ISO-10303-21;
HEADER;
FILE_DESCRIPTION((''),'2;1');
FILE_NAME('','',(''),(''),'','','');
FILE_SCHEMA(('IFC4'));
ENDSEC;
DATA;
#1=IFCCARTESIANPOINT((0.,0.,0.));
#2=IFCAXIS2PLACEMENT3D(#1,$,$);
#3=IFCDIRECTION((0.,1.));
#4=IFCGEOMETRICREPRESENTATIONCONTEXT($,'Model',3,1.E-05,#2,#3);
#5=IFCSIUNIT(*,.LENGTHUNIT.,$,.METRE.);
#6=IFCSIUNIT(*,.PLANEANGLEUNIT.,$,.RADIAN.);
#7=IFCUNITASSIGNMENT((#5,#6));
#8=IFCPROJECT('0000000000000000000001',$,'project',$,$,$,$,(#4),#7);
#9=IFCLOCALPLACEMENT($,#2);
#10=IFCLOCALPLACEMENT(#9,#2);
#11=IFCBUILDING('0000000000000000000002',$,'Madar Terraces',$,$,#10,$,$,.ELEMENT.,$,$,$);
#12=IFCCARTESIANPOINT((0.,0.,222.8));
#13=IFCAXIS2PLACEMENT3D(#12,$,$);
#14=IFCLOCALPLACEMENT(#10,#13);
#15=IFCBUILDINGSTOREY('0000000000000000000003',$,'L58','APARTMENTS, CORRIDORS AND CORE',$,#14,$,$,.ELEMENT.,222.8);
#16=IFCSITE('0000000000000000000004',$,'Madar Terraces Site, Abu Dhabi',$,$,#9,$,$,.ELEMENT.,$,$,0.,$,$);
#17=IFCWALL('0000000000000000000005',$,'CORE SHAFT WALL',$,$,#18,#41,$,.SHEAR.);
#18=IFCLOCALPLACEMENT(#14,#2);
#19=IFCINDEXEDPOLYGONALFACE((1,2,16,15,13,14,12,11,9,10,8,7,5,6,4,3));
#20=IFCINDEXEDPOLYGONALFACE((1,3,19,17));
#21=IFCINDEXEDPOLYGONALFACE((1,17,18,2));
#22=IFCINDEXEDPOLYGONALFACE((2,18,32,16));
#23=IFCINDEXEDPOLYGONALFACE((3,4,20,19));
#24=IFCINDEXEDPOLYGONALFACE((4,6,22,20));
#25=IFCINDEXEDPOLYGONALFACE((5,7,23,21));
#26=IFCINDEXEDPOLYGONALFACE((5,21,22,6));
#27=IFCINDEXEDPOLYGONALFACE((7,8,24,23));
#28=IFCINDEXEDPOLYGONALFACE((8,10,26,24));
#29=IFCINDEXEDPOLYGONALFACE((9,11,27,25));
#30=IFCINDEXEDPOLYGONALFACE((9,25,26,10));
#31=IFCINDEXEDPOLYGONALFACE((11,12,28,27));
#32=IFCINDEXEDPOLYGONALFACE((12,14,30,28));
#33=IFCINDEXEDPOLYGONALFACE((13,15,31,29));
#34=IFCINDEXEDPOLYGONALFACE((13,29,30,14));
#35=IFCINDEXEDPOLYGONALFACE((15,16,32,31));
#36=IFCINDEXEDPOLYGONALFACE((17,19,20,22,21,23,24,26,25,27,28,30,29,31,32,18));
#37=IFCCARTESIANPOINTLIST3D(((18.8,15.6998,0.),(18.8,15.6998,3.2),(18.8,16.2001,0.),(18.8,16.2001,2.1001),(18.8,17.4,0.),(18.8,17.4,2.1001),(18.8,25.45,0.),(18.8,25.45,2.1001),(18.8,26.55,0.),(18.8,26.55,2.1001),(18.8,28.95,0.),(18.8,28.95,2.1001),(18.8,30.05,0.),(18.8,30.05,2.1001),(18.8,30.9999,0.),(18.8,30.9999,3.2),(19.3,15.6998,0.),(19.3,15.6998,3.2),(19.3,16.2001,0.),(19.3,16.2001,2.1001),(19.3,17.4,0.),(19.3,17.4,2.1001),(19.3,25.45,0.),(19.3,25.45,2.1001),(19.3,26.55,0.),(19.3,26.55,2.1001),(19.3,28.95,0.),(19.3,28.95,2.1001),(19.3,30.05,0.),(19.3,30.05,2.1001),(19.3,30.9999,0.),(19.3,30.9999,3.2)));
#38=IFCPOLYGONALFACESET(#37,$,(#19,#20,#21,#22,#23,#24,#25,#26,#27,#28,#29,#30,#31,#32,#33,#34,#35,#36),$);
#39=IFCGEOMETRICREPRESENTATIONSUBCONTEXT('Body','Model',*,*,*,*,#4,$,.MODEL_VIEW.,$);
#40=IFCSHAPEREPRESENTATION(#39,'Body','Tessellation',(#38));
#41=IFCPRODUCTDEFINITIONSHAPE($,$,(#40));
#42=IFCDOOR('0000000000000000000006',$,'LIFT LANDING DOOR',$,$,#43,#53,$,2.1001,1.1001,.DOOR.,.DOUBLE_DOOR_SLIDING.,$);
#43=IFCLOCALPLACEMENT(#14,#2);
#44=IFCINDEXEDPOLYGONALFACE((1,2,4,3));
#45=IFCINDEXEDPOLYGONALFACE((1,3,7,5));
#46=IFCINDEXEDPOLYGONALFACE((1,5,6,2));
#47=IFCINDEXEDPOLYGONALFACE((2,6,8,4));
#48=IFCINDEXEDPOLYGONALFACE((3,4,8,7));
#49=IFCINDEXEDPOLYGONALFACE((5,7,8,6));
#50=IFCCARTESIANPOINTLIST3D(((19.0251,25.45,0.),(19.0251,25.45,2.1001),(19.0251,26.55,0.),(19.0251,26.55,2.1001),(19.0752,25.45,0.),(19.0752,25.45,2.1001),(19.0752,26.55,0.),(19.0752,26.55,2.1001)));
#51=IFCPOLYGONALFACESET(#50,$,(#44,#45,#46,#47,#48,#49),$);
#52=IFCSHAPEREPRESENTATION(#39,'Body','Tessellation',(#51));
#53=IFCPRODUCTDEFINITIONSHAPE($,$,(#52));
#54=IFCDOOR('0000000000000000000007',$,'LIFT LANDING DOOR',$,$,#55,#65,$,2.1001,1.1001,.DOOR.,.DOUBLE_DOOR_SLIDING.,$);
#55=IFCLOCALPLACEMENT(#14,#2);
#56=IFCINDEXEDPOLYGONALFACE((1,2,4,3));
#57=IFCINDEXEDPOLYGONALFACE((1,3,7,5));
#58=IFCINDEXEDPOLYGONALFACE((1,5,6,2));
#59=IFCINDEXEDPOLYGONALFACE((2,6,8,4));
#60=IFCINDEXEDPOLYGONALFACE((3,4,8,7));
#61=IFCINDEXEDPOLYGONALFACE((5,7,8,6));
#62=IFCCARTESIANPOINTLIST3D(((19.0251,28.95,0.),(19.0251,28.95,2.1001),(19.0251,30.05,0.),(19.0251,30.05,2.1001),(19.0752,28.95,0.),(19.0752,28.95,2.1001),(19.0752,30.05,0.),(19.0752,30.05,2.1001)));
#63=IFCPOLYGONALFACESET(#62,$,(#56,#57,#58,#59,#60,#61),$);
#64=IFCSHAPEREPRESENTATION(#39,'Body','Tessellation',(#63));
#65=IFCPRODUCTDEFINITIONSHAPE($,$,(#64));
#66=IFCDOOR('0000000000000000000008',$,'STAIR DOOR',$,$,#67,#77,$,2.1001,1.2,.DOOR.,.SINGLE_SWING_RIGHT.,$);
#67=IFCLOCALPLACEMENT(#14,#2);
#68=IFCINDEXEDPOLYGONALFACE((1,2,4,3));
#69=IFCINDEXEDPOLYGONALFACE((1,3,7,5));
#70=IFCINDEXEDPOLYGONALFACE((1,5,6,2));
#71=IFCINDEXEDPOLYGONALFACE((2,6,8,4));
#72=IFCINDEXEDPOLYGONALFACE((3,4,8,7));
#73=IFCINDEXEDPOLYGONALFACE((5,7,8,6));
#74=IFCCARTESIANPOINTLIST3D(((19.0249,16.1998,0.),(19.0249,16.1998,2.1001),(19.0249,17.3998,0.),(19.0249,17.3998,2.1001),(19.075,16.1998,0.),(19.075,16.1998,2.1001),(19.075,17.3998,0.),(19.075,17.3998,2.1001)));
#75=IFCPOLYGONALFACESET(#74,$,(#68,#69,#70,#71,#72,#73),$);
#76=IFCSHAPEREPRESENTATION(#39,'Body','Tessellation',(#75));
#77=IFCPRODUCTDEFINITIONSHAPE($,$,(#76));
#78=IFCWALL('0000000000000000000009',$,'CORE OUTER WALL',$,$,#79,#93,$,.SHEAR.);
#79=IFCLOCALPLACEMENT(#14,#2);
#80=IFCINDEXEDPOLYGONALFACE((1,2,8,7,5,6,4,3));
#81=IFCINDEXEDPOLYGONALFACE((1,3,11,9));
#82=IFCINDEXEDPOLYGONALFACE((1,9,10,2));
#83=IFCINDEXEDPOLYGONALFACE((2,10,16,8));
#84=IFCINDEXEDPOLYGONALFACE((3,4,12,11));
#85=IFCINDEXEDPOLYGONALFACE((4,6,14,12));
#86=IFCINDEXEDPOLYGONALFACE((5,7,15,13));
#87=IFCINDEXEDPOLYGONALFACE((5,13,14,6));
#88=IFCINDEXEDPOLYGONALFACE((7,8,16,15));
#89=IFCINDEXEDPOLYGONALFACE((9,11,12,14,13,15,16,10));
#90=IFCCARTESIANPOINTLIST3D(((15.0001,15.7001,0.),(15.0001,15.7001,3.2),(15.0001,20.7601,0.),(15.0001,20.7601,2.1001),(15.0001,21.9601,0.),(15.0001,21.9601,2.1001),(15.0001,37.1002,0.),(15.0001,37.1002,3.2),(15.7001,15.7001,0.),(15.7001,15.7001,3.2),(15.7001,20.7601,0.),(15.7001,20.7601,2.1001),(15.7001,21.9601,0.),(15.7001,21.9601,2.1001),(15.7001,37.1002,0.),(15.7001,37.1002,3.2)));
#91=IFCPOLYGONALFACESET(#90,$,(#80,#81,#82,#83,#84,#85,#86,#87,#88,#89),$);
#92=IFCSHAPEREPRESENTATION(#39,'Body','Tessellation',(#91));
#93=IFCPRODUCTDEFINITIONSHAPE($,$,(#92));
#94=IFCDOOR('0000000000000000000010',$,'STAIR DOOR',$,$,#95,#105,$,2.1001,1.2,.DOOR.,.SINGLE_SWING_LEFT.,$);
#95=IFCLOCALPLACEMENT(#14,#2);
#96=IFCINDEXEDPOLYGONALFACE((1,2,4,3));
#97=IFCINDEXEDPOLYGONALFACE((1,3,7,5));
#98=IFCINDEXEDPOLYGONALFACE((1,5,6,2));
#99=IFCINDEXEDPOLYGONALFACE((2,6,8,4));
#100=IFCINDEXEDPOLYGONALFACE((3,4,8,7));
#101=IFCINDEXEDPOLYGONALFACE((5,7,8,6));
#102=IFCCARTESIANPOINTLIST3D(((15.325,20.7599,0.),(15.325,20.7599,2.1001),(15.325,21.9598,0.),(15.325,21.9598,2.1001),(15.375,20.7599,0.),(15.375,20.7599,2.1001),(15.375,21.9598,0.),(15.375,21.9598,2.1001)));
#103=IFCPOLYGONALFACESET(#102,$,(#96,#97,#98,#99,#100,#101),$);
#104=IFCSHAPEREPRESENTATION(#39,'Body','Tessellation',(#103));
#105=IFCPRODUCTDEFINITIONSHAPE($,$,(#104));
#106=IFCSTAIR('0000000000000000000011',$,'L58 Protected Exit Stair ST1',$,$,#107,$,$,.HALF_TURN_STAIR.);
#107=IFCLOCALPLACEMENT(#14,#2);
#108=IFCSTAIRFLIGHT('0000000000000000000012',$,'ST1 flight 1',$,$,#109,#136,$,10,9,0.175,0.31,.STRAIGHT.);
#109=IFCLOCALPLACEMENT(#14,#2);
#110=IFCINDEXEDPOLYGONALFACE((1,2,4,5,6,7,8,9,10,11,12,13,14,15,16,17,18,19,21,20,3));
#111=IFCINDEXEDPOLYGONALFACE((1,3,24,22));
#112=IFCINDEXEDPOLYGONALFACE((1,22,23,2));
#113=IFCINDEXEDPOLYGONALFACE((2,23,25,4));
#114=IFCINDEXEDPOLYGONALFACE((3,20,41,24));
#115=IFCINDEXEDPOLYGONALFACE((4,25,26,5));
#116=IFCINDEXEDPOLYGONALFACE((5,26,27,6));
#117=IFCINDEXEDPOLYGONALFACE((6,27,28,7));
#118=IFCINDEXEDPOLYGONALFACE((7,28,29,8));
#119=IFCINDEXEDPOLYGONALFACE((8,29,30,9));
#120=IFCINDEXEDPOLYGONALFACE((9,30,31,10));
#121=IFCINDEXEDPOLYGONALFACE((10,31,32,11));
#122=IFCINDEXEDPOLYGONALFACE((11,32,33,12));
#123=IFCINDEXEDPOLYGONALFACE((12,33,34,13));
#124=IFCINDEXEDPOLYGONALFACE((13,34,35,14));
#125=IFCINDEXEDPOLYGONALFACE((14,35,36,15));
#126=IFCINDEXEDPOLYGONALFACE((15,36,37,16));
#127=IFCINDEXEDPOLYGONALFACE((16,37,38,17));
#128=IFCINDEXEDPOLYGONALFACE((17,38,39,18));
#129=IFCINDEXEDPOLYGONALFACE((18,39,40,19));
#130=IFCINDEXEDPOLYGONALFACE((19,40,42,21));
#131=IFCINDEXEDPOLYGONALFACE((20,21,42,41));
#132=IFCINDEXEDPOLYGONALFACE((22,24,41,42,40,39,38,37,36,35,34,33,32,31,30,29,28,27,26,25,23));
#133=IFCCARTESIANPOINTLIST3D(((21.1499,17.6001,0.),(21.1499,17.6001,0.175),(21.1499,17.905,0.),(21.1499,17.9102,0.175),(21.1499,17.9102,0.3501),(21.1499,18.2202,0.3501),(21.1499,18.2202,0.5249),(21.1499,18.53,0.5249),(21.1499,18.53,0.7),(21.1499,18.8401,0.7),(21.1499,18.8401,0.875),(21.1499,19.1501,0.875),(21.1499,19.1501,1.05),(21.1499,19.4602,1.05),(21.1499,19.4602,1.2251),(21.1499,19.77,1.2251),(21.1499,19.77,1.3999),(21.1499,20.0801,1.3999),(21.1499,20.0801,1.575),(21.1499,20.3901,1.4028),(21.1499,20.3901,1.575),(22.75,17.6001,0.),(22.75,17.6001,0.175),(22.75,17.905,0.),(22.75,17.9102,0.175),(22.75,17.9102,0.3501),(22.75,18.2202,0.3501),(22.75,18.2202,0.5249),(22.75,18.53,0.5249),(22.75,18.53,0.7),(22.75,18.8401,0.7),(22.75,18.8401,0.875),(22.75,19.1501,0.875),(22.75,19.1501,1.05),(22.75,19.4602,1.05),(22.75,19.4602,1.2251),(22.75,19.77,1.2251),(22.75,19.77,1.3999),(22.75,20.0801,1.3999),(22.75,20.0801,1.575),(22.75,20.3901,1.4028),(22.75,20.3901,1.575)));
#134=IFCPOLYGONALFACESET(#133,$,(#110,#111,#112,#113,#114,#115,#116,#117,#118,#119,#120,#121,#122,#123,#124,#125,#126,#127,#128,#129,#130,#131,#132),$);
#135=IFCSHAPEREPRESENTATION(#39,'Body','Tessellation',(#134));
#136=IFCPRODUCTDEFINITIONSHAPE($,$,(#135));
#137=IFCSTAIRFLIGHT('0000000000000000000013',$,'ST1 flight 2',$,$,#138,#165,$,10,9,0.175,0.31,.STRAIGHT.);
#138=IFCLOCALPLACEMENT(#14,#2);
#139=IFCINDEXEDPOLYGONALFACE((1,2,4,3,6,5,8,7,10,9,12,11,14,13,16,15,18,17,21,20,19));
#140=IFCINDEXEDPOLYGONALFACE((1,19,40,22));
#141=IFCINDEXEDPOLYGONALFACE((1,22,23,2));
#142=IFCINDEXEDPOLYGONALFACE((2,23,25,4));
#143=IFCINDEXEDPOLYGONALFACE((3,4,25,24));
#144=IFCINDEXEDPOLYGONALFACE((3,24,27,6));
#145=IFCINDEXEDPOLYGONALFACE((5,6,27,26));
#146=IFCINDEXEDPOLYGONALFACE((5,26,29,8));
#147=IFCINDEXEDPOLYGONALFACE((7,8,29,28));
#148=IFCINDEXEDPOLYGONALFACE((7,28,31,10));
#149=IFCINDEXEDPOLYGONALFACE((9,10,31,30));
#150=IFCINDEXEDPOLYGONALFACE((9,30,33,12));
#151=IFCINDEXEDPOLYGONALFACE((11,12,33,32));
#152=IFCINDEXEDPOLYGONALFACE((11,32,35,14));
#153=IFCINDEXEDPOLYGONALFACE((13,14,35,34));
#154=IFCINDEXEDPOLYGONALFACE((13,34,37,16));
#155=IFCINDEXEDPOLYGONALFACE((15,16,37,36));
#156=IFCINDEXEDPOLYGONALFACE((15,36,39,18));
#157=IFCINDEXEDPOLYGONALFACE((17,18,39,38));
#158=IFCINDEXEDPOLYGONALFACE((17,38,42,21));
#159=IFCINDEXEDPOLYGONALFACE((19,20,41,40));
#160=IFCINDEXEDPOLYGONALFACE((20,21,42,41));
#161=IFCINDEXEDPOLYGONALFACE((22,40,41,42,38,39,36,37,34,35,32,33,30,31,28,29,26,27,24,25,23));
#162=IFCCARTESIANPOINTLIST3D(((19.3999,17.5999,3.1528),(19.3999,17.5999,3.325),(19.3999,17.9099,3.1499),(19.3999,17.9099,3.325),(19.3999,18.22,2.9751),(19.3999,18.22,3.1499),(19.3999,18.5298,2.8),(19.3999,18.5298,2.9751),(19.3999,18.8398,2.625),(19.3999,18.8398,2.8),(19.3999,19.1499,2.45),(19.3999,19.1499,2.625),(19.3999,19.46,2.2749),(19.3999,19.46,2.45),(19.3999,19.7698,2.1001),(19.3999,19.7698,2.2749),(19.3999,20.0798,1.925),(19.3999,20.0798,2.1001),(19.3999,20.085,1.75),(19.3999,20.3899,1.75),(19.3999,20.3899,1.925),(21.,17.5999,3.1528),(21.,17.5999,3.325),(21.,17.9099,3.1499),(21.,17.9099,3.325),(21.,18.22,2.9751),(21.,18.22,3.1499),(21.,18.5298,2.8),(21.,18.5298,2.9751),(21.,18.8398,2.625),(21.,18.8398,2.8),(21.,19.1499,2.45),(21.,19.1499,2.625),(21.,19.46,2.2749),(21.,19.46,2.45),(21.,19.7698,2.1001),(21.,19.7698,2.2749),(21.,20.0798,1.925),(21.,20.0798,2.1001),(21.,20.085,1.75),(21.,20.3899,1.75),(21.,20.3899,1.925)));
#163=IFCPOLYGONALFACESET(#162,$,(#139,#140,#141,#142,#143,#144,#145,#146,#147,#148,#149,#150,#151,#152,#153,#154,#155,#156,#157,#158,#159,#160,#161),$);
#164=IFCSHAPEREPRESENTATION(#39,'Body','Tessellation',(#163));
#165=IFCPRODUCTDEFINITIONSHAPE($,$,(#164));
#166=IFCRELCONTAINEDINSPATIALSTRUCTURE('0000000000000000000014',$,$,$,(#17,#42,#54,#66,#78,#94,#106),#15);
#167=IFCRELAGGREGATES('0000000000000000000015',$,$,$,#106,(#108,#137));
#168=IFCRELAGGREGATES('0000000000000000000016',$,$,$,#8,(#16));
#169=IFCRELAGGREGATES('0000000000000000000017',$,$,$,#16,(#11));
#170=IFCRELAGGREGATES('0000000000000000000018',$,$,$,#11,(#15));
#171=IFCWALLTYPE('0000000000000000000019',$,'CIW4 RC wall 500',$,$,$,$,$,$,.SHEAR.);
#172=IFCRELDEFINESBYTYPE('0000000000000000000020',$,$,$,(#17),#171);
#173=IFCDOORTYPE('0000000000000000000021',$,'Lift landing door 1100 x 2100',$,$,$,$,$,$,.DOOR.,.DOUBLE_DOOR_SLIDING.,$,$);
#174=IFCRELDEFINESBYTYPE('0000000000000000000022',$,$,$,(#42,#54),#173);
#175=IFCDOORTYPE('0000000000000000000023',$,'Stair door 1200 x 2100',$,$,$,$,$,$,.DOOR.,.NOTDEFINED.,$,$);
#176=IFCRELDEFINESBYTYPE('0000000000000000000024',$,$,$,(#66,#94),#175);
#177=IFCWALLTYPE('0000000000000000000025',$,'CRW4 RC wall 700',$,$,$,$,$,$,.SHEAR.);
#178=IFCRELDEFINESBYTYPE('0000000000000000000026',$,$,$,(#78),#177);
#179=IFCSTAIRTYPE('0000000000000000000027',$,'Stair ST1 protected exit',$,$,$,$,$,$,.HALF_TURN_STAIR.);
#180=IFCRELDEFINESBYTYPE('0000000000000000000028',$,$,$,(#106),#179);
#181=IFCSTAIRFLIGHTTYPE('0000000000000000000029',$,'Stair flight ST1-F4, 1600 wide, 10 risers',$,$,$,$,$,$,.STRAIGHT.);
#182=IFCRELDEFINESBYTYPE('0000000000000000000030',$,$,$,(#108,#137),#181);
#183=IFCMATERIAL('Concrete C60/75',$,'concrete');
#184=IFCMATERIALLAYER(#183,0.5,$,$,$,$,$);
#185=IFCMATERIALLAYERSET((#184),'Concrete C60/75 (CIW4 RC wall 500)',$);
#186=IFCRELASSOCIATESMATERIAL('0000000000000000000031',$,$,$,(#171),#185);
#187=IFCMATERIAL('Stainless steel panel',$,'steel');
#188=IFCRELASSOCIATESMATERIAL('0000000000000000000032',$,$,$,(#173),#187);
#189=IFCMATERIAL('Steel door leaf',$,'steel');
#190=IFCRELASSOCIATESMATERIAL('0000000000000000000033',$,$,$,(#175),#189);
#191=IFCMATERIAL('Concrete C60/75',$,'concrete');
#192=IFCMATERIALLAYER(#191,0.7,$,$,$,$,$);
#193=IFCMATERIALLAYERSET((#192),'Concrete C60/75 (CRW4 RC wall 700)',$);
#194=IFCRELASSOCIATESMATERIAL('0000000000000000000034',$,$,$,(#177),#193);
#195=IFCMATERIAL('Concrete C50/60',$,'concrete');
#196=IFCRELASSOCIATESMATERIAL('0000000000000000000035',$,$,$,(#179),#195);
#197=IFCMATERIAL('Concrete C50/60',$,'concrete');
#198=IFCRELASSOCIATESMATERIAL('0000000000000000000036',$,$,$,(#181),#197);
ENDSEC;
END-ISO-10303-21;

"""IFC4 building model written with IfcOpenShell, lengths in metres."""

from ifc_helpers import new_model, si_unit, direction, frame, frame_2d, origin, place, context, subcontext, project, spatial, polyline, rectangle, outline, extrude, material, layer, layer_set, type_object, element, fill, aggregate, save


model = new_model("IFC4")

# Units and contexts
model_context = context("Model", 3, precision=1e-05, world=origin(), true_north=direction((0.0, 1.0)))
body_context = subcontext(model_context, "Body", "Model", "MODEL_VIEW")
ifc_project = project(units=[si_unit("LENGTHUNIT", "METRE"), si_unit("PLANEANGLEUNIT", "RADIAN")], contexts=[model_context])

# Site, building, storey
site_placement = place(None, origin())
site = spatial("IfcSite", under=ifc_project, at=site_placement, Name="Madar Terraces Site, Abu Dhabi", CompositionType="ELEMENT", RefElevation=0.0)
building_placement = place(site_placement, origin())
building = spatial("IfcBuilding", under=site, at=building_placement, Name="Madar Terraces", CompositionType="ELEMENT")
storey_placement = place(building_placement, frame((0.0, 0.0, 222.8)))
storey = spatial("IfcBuildingStorey", under=building, at=storey_placement, Name="L58", Description="APARTMENTS, CORRIDORS AND CORE", CompositionType="ELEMENT", Elevation=222.8)

# Wall, openings, doors
ifc_material_1 = material(Name="Concrete C60/75", Category="concrete")
ifc_layer_1 = layer(ifc_material_1, 0.5)
ifc_layer_set_1 = layer_set([ifc_layer_1], Name="Concrete C60/75 (CIW4 RC wall 500)")
wall_type_1 = type_object("IfcWallType", Name="CIW4 RC wall 500", PredefinedType="SHEAR", material=ifc_layer_set_1)
wall_1_placement = place(storey_placement, frame((19.05, 15.7, 0.0), z_axis=(0.0, 0.0, 1.0), x_axis=(0.0, 1.0, 0.0)))
wall_1 = element("IfcWall", 1, at=wall_1_placement, inside=storey, type_object=wall_type_1, Name="CORE SHAFT WALL", PredefinedType="SHEAR", context=body_context, shape_type="SweptSolid", body=[
    extrude(rectangle(XDim=15.3, YDim=0.5, at=frame_2d((7.6499, 0.0))), origin(), (0.0, 0.0, 1.0), 3.2),
])
opening_1_placement = place(wall_1_placement, frame((9.75, 0.0, 0.0)))
opening_1 = element("IfcOpeningElement", 2, at=opening_1_placement, cuts=wall_1, PredefinedType="OPENING", context=body_context, shape_type="SweptSolid", body=[
    extrude(rectangle(XDim=1.1001, YDim=2.1001, at=frame_2d((0.55, 1.05))), frame((0.0, 0.26, 0.0), z_axis=(0.0, -1.0, 0.0), x_axis=(1.0, 0.0, 0.0)), (0.0, 0.0, 1.0), 0.52),
])
opening_2_placement = place(wall_1_placement, frame((13.25, 0.0, 0.0)))
opening_2 = element("IfcOpeningElement", 3, at=opening_2_placement, cuts=wall_1, PredefinedType="OPENING", context=body_context, shape_type="SweptSolid", body=[
    extrude(rectangle(XDim=1.1001, YDim=2.1001, at=frame_2d((0.55, 1.05))), frame((0.0, 0.26, 0.0), z_axis=(0.0, -1.0, 0.0), x_axis=(1.0, 0.0, 0.0)), (0.0, 0.0, 1.0), 0.52),
])
opening_3_placement = place(wall_1_placement, frame((0.5, 0.0, 0.0)))
opening_3 = element("IfcOpeningElement", 4, at=opening_3_placement, cuts=wall_1, PredefinedType="OPENING", context=body_context, shape_type="SweptSolid", body=[
    extrude(rectangle(XDim=1.2, YDim=2.1001, at=frame_2d((0.6001, 1.05))), frame((0.0, 0.26, 0.0), z_axis=(0.0, -1.0, 0.0), x_axis=(1.0, 0.0, 0.0)), (0.0, 0.0, 1.0), 0.52),
])
ifc_material_2 = material(Name="Stainless steel panel", Category="steel")
door_type_1 = type_object("IfcDoorType", Name="Lift landing door 1100 x 2100", OperationType="DOUBLE_DOOR_SLIDING", PredefinedType="DOOR", material=ifc_material_2)
door_1_placement = place(opening_1_placement, origin())
door_1 = element("IfcDoor", 5, at=door_1_placement, inside=storey, type_object=door_type_1, Name="LIFT LANDING DOOR", OperationType="DOUBLE_DOOR_SLIDING", OverallHeight=2.1001, OverallWidth=1.1001, PredefinedType="DOOR", context=body_context, shape_type="SweptSolid", body=[
    extrude(rectangle(XDim=1.1001, YDim=2.1001, at=frame_2d((0.55, 1.05))), frame((0.0, 0.0249, 0.0), z_axis=(0.0, -1.0, 0.0), x_axis=(1.0, 0.0, 0.0)), (0.0, 0.0, 1.0), 0.05),
])
fill(opening_1, door_1)
door_2_placement = place(opening_2_placement, origin())
door_2 = element("IfcDoor", 6, at=door_2_placement, inside=storey, type_object=door_type_1, Name="LIFT LANDING DOOR", OperationType="DOUBLE_DOOR_SLIDING", OverallHeight=2.1001, OverallWidth=1.1001, PredefinedType="DOOR", context=body_context, shape_type="SweptSolid", body=[
    extrude(rectangle(XDim=1.1001, YDim=2.1001, at=frame_2d((0.55, 1.05))), frame((0.0, 0.0249, 0.0), z_axis=(0.0, -1.0, 0.0), x_axis=(1.0, 0.0, 0.0)), (0.0, 0.0, 1.0), 0.05),
])
fill(opening_2, door_2)
ifc_material_3 = material(Name="Steel door leaf", Category="steel")
door_type_2 = type_object("IfcDoorType", Name="Stair door 1200 x 2100", OperationType="NOTDEFINED", PredefinedType="DOOR", material=ifc_material_3)
door_3_placement = place(opening_3_placement, frame((1.2, 0.0, 0.0), z_axis=(0.0, 0.0, 1.0), x_axis=(-1.0, 0.0, 0.0)))
door_3 = element("IfcDoor", 7, at=door_3_placement, inside=storey, type_object=door_type_2, Name="STAIR DOOR", OperationType="SINGLE_SWING_RIGHT", OverallHeight=2.1001, OverallWidth=1.2, PredefinedType="DOOR", context=body_context, shape_type="SweptSolid", body=[
    extrude(rectangle(XDim=1.2, YDim=2.1001, at=frame_2d((0.6001, 1.05))), frame((0.0, 0.0249, 0.0), z_axis=(0.0, -1.0, 0.0), x_axis=(1.0, 0.0, 0.0)), (0.0, 0.0, 1.0), 0.05),
])
fill(opening_3, door_3)

# Wall, opening, door
ifc_material_4 = material(Name="Concrete C60/75", Category="concrete")
ifc_layer_2 = layer(ifc_material_4, 0.7)
ifc_layer_set_2 = layer_set([ifc_layer_2], Name="Concrete C60/75 (CRW4 RC wall 700)")
wall_type_2 = type_object("IfcWallType", Name="CRW4 RC wall 700", PredefinedType="SHEAR", material=ifc_layer_set_2)
wall_2_placement = place(storey_placement, frame((15.3501, 15.7, 0.0), z_axis=(0.0, 0.0, 1.0), x_axis=(0.0, 1.0, 0.0)))
wall_2 = element("IfcWall", 8, at=wall_2_placement, inside=storey, type_object=wall_type_2, Name="CORE OUTER WALL", PredefinedType="SHEAR", context=body_context, shape_type="SweptSolid", body=[
    extrude(rectangle(XDim=21.4001, YDim=0.7, at=frame_2d((10.7002, 0.0))), origin(), (0.0, 0.0, 1.0), 3.2),
])
opening_4_placement = place(wall_2_placement, frame((5.0601, 0.0, 0.0)))
opening_4 = element("IfcOpeningElement", 9, at=opening_4_placement, cuts=wall_2, PredefinedType="OPENING", context=body_context, shape_type="SweptSolid", body=[
    extrude(rectangle(XDim=1.2, YDim=2.1001, at=frame_2d((0.6001, 1.05))), frame((0.0, 0.3599, 0.0), z_axis=(0.0, -1.0, 0.0), x_axis=(1.0, 0.0, 0.0)), (0.0, 0.0, 1.0), 0.72),
])
door_4_placement = place(opening_4_placement, frame((1.2, 0.0, 0.0), z_axis=(0.0, 0.0, 1.0), x_axis=(-1.0, 0.0, 0.0)))
door_4 = element("IfcDoor", 10, at=door_4_placement, inside=storey, type_object=door_type_2, Name="STAIR DOOR", OperationType="SINGLE_SWING_LEFT", OverallHeight=2.1001, OverallWidth=1.2, PredefinedType="DOOR", context=body_context, shape_type="SweptSolid", body=[
    extrude(rectangle(XDim=1.2, YDim=2.1001, at=frame_2d((0.6001, 1.05))), frame((0.0, 0.0249, 0.0), z_axis=(0.0, -1.0, 0.0), x_axis=(1.0, 0.0, 0.0)), (0.0, 0.0, 1.0), 0.05),
])
fill(opening_4, door_4)

# Stair, stair flights
ifc_material_5 = material(Name="Concrete C50/60", Category="concrete")
stair_type = type_object("IfcStairType", Name="Stair ST1 protected exit", PredefinedType="HALF_TURN_STAIR", material=ifc_material_5)
stair_placement = place(storey_placement, origin())
stair = element("IfcStair", 11, at=stair_placement, inside=storey, type_object=stair_type, Name="L58 Protected Exit Stair ST1", PredefinedType="HALF_TURN_STAIR")
ifc_material_6 = material(Name="Concrete C50/60", Category="concrete")
stair_flight_type = type_object("IfcStairFlightType", Name="Stair flight ST1-F4, 1600 wide, 10 risers", PredefinedType="STRAIGHT", material=ifc_material_6)
stair_flight_1_placement = place(storey_placement, frame((21.95, 17.6001, 0.0), z_axis=(0.0, 0.0, 1.0), x_axis=(0.0, 1.0, 0.0)))
stair_flight_1 = element("IfcStairFlight", 12, at=stair_flight_1_placement, type_object=stair_flight_type, Name="ST1 flight 1", NumberOfRisers=10, NumberOfTreads=9, PredefinedType="STRAIGHT", RiserHeight=0.175, TreadLength=0.31, context=body_context, shape_type="SweptSolid", body=[
    extrude(outline(polyline([(0.0, 0.0), (0.0, 0.175), (0.3101, 0.175), (0.3101, 0.3501), (0.6201, 0.3501), (0.6201, 0.5249), (0.9299, 0.5249), (0.9299, 0.7), (1.24, 0.7), (1.24, 0.875), (1.55, 0.875), (1.55, 1.05), (1.8601, 1.05), (1.8601, 1.2251), (2.1699, 1.2251), (2.1699, 1.3999), (2.48, 1.3999), (2.48, 1.575), (2.79, 1.575), (2.79, 1.75), (2.79, 1.4028), (0.3049, 0.0), (0.0, 0.0)])), frame((0.0, 0.8, 0.0), z_axis=(0.0, -1.0, 0.0), x_axis=(1.0, 0.0, 0.0)), (0.0, 0.0, 1.0), 1.6001),
])
stair_flight_2_placement = place(storey_placement, frame((20.2, 20.3899, 1.75), z_axis=(0.0, 0.0, 1.0), x_axis=(0.0, -1.0, 0.0)))
stair_flight_2 = element("IfcStairFlight", 13, at=stair_flight_2_placement, type_object=stair_flight_type, Name="ST1 flight 2", NumberOfRisers=10, NumberOfTreads=9, PredefinedType="STRAIGHT", RiserHeight=0.175, TreadLength=0.31, context=body_context, shape_type="SweptSolid", body=[
    extrude(outline(polyline([(0.0, 0.0), (0.0, 0.175), (0.3101, 0.175), (0.3101, 0.3501), (0.6201, 0.3501), (0.6201, 0.5249), (0.9299, 0.5249), (0.9299, 0.7), (1.24, 0.7), (1.24, 0.875), (1.55, 0.875), (1.55, 1.05), (1.8601, 1.05), (1.8601, 1.2251), (2.1699, 1.2251), (2.1699, 1.3999), (2.48, 1.3999), (2.48, 1.575), (2.79, 1.575), (2.79, 1.75), (2.79, 1.4028), (0.3049, 0.0), (0.0, 0.0)])), frame((0.0, 0.8, 0.0), z_axis=(0.0, -1.0, 0.0), x_axis=(1.0, 0.0, 0.0)), (0.0, 0.0, 1.0), 1.6001),
])
aggregate(stair, [stair_flight_1, stair_flight_2])

save(model, "model.ifc")
